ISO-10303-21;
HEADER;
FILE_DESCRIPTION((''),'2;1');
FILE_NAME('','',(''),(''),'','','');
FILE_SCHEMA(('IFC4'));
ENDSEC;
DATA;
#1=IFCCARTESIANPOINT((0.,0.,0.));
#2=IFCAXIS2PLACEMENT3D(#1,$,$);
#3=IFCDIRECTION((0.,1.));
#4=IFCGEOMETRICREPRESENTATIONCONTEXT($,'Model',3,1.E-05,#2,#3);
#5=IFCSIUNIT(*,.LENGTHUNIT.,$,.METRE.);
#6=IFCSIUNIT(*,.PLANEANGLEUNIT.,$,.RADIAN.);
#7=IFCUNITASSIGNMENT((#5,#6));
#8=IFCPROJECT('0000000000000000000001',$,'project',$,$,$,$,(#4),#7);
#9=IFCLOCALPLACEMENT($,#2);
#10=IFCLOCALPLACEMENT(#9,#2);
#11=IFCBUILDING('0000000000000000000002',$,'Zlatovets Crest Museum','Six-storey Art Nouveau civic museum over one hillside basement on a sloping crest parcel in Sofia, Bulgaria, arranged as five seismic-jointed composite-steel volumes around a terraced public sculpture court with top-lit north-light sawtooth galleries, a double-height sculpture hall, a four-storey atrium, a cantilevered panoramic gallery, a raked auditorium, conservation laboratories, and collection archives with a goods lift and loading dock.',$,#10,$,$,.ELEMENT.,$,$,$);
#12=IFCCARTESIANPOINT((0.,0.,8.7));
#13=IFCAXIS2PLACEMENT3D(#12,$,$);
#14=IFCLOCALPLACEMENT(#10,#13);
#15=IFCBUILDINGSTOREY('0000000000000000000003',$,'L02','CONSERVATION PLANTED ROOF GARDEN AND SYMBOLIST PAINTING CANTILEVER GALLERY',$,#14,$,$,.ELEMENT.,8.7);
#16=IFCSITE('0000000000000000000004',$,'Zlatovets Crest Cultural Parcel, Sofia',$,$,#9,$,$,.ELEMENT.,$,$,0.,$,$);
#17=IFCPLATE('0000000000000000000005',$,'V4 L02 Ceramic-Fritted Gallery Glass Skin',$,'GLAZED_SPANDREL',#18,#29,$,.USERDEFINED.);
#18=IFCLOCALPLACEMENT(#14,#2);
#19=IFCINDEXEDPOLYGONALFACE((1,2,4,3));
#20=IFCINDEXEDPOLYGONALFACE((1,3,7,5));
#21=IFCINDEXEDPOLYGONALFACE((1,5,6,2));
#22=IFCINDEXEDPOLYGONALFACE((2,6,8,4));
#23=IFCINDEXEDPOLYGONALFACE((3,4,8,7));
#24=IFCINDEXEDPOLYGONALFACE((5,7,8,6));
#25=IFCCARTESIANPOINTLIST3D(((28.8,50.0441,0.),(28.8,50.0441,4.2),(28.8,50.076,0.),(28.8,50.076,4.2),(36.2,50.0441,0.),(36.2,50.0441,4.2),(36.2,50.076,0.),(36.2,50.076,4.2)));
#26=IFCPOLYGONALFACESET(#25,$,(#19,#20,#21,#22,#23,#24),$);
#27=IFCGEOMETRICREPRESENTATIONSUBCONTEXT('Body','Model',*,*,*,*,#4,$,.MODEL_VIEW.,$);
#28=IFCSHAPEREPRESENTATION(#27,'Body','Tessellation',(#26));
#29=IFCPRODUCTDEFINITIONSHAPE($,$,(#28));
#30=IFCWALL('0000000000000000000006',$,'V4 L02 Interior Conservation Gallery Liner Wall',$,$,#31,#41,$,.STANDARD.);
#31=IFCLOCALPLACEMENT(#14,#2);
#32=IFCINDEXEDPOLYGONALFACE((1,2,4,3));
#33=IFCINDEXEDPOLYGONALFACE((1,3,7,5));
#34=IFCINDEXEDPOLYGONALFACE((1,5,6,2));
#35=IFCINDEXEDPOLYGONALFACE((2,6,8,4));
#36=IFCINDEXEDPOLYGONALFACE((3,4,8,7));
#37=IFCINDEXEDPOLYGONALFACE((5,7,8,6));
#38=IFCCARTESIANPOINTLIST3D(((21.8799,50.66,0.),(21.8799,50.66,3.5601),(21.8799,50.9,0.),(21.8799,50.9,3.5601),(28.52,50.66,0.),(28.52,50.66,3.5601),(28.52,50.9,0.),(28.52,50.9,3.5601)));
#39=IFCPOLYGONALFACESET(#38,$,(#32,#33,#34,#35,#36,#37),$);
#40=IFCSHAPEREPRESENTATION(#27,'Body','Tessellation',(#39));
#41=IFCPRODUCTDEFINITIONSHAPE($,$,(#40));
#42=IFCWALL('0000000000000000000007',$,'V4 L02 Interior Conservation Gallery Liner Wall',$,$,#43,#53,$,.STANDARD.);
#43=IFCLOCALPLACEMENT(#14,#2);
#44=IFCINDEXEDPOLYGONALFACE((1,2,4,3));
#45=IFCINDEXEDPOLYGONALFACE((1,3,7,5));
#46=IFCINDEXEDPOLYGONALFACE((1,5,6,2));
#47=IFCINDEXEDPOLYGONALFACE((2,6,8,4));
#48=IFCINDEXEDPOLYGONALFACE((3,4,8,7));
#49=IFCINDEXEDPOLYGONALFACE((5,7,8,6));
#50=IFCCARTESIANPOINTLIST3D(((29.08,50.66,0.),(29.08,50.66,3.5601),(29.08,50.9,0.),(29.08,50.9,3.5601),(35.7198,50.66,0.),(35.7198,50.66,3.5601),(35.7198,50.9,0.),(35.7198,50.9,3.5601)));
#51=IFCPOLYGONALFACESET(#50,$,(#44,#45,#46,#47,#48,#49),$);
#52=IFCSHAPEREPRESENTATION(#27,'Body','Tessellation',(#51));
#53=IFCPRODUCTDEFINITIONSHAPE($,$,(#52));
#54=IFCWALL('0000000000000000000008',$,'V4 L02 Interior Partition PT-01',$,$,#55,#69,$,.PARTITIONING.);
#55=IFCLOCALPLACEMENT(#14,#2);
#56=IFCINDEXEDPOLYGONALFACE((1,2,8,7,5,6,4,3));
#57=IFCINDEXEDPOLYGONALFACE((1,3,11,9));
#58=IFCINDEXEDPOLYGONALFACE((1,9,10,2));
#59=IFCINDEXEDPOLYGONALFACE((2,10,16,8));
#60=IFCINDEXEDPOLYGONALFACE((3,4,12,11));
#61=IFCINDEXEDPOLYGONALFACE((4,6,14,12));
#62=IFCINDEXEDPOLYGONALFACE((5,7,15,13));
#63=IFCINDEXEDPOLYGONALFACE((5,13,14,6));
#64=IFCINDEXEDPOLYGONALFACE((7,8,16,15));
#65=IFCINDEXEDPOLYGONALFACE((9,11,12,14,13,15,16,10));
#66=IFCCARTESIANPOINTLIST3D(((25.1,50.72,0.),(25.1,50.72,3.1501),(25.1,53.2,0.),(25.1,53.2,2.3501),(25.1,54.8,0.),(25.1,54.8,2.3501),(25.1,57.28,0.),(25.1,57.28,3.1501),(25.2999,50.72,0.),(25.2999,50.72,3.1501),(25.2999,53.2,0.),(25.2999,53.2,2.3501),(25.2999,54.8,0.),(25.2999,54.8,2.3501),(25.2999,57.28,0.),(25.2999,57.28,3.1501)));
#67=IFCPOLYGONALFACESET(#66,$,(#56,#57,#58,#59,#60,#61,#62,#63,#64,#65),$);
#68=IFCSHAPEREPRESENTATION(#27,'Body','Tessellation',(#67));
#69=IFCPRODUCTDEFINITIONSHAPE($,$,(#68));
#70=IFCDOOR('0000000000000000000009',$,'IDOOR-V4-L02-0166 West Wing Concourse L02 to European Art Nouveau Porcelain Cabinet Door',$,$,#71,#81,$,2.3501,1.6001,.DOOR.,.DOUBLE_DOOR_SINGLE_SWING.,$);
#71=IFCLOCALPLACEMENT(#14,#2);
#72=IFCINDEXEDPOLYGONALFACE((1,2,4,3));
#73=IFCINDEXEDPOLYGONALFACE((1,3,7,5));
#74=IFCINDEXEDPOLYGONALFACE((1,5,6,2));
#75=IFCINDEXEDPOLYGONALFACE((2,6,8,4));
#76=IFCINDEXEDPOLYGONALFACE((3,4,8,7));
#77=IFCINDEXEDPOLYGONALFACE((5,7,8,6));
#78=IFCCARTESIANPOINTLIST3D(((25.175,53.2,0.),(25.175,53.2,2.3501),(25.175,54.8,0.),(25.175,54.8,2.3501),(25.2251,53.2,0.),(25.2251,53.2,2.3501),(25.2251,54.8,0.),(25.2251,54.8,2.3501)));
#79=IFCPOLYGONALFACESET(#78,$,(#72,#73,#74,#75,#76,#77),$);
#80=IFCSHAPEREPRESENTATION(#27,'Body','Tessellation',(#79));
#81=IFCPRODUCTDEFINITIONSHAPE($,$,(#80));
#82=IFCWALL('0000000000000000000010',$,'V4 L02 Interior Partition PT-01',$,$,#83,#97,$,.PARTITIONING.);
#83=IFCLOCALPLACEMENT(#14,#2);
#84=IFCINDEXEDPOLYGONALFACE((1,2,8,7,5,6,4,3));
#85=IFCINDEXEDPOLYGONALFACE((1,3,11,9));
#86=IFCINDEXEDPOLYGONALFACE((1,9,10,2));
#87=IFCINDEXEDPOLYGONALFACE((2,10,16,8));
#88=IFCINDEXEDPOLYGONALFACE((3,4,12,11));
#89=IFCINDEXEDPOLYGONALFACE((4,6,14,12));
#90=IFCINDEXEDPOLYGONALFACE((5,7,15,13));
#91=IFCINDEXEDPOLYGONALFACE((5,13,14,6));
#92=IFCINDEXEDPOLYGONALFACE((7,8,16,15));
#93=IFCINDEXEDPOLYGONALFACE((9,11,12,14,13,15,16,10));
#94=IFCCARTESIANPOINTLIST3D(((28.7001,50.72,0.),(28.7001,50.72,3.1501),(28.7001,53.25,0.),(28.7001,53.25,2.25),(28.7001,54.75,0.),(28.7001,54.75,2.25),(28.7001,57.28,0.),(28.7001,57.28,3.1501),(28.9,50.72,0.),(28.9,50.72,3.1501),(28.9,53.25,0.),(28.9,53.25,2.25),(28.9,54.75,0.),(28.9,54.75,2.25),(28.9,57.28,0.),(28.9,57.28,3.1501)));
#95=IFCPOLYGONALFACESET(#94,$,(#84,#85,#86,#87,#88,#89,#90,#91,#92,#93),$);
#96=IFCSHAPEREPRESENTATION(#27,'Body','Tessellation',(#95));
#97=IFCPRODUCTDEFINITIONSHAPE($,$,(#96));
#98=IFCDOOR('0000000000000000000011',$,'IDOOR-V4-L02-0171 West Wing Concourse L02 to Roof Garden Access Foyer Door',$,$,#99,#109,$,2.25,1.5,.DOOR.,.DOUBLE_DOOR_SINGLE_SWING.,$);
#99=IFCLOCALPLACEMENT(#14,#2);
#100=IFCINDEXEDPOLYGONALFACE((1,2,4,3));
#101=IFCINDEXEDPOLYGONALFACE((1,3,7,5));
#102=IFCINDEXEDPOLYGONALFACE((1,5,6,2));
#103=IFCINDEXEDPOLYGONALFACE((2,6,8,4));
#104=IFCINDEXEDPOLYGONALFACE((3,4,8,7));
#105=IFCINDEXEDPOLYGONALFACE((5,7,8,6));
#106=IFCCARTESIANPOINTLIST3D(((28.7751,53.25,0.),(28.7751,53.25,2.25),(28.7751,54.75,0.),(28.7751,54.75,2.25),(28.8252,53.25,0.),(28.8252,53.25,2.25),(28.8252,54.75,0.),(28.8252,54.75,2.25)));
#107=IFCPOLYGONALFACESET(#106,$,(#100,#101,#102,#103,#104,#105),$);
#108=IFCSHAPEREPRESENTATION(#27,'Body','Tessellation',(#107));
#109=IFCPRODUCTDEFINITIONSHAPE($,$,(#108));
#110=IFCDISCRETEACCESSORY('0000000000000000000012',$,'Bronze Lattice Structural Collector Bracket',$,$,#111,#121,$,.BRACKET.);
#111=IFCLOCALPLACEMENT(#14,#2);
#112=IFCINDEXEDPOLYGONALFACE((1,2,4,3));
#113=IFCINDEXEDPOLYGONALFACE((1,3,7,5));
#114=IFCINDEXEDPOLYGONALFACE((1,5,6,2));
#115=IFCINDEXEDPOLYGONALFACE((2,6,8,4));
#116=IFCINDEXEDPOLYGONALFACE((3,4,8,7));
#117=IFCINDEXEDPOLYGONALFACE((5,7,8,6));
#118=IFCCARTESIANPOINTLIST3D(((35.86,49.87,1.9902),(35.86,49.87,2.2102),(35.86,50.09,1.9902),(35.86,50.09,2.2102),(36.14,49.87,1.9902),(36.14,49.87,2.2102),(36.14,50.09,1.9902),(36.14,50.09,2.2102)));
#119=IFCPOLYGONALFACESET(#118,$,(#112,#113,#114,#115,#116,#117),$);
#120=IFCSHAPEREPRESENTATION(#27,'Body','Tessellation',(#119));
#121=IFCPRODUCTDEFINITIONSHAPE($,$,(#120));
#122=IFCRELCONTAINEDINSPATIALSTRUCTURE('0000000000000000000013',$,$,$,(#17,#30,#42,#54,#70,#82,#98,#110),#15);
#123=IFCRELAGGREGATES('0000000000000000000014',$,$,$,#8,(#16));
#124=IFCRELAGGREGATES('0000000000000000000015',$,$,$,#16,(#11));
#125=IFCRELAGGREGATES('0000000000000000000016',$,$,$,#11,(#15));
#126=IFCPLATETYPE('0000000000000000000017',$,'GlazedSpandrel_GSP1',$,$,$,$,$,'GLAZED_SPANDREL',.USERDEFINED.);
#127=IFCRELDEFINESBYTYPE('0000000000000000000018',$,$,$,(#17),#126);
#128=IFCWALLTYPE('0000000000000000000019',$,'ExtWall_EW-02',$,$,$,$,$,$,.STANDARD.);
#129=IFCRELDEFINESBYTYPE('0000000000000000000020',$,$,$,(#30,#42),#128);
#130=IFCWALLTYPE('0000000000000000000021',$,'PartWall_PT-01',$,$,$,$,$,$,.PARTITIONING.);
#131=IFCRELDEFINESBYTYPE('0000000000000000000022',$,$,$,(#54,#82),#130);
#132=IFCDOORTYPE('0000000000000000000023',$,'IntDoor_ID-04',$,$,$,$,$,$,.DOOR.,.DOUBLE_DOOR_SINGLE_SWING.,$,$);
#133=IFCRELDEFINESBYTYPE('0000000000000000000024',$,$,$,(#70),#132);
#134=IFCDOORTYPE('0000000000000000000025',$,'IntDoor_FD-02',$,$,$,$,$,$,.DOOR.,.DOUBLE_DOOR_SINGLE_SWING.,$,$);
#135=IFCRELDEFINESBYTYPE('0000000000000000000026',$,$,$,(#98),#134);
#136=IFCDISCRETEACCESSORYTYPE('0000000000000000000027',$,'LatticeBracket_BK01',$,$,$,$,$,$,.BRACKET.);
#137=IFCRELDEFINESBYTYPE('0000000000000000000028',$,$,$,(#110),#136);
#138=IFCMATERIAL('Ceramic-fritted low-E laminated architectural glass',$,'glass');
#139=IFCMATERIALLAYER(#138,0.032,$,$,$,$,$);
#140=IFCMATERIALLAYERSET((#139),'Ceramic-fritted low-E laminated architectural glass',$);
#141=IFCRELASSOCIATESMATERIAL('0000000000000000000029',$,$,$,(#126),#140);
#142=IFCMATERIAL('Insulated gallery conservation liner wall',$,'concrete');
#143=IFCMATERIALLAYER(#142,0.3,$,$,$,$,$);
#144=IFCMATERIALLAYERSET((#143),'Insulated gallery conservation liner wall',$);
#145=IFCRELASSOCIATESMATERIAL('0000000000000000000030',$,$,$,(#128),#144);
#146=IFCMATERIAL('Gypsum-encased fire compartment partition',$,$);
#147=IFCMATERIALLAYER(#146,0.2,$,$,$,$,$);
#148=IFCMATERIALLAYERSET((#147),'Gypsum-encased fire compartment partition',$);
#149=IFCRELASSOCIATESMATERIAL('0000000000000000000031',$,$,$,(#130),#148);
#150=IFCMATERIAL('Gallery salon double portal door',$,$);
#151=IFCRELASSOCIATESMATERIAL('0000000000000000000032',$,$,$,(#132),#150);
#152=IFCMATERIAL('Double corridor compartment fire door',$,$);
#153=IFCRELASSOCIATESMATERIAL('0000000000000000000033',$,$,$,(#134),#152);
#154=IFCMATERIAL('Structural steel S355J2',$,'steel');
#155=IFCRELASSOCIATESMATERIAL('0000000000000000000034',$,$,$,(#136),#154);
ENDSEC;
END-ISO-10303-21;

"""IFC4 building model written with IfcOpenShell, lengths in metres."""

from ifc_helpers import new_model, si_unit, direction, frame, frame_2d, origin, origin_2d, place, context, subcontext, project, spatial, rectangle, extrude, material, layer, layer_set, type_object, element, fill, save


model = new_model("IFC4")

# Units and contexts
model_context = context("Model", 3, precision=1e-05, world=origin(), true_north=direction((0.0, 1.0)))
body_context = subcontext(model_context, "Body", "Model", "MODEL_VIEW")
ifc_project = project(units=[si_unit("LENGTHUNIT", "METRE"), si_unit("PLANEANGLEUNIT", "RADIAN")], contexts=[model_context])

# Site, building, storey
site_placement = place(None, origin())
site = spatial("IfcSite", under=ifc_project, at=site_placement, Name="Zlatovets Crest Cultural Parcel, Sofia", CompositionType="ELEMENT", RefElevation=0.0)
building_placement = place(site_placement, origin())
building = spatial("IfcBuilding", under=site, at=building_placement, Name="Zlatovets Crest Museum", Description="Six-storey Art Nouveau civic museum over one hillside basement on a sloping crest parcel in Sofia, Bulgaria, arranged as five seismic-jointed composite-steel volumes around a terraced public sculpture court with top-lit north-light sawtooth galleries, a double-height sculpture hall, a four-storey atrium, a cantilevered panoramic gallery, a raked auditorium, conservation laboratories, and collection archives with a goods lift and loading dock.", CompositionType="ELEMENT")
storey_placement = place(building_placement, frame((0.0, 0.0, 8.7)))
storey = spatial("IfcBuildingStorey", under=building, at=storey_placement, Name="L02", Description="CONSERVATION PLANTED ROOF GARDEN AND SYMBOLIST PAINTING CANTILEVER GALLERY", CompositionType="ELEMENT", Elevation=8.7)

# Shared definitions
ifc_material_1 = material(Name="Structural steel S355J2", Category="steel")

# Plate
ifc_material_2 = material(Name="Ceramic-fritted low-E laminated architectural glass", Category="glass")
ifc_layer_1 = layer(ifc_material_2, 0.032)
ifc_layer_set_1 = layer_set([ifc_layer_1], Name="Ceramic-fritted low-E laminated architectural glass")
plate_type_1 = type_object("IfcPlateType", Name="GlazedSpandrel_GSP1", ElementType="GLAZED_SPANDREL", PredefinedType="USERDEFINED", material=ifc_layer_set_1)
plate_1_placement = place(storey_placement, frame((32.5, 50.0601, 0.0), z_axis=(0.0, 0.0, 1.0), x_axis=(1.0, 0.0, 0.0)))
element("IfcPlate", 1, at=plate_1_placement, inside=storey, type_object=plate_type_1, Name="V4 L02 Ceramic-Fritted Gallery Glass Skin", ObjectType="GLAZED_SPANDREL", PredefinedType="USERDEFINED", context=body_context, shape_type="SweptSolid", body=[
    extrude(rectangle(XDim=7.3999, YDim=0.032, at=origin_2d()), origin(), (0.0, 0.0, 1.0), 4.2),
])

# Walls
ifc_material_3 = material(Name="Insulated gallery conservation liner wall", Category="concrete")
ifc_layer_2 = layer(ifc_material_3, 0.3)
ifc_layer_set_2 = layer_set([ifc_layer_2], Name="Insulated gallery conservation liner wall")
wall_type_1 = type_object("IfcWallType", Name="ExtWall_EW-02", PredefinedType="STANDARD", material=ifc_layer_set_2)
wall_1_placement = place(storey_placement, frame((21.8799, 50.78, 0.0), z_axis=(0.0, 0.0, 1.0), x_axis=(1.0, 0.0, 0.0)))
element("IfcWall", 2, at=wall_1_placement, inside=storey, type_object=wall_type_1, Name="V4 L02 Interior Conservation Gallery Liner Wall", PredefinedType="STANDARD", context=body_context, shape_type="SweptSolid", body=[
    extrude(rectangle(XDim=6.6401, YDim=0.24, at=frame_2d((3.3201, 0.0))), origin(), (0.0, 0.0, 1.0), 3.5601),
])
wall_2_placement = place(storey_placement, frame((29.0801, 50.78, 0.0), z_axis=(0.0, 0.0, 1.0), x_axis=(1.0, 0.0, 0.0)))
element("IfcWall", 3, at=wall_2_placement, inside=storey, type_object=wall_type_1, Name="V4 L02 Interior Conservation Gallery Liner Wall", PredefinedType="STANDARD", context=body_context, shape_type="SweptSolid", body=[
    extrude(rectangle(XDim=6.6399, YDim=0.24, at=frame_2d((3.3198, 0.0))), origin(), (0.0, 0.0, 1.0), 3.5601),
])

# Walls, openings, doors
ifc_material_4 = material(Name="Gypsum-encased fire compartment partition")
ifc_layer_3 = layer(ifc_material_4, 0.2)
ifc_layer_set_3 = layer_set([ifc_layer_3], Name="Gypsum-encased fire compartment partition")
wall_type_2 = type_object("IfcWallType", Name="PartWall_PT-01", PredefinedType="PARTITIONING", material=ifc_layer_set_3)
wall_3_placement = place(storey_placement, frame((25.2, 50.72, 0.0), z_axis=(0.0, 0.0, 1.0), x_axis=(0.0, 1.0, 0.0)))
wall_3 = element("IfcWall", 4, at=wall_3_placement, inside=storey, type_object=wall_type_2, Name="V4 L02 Interior Partition PT-01", PredefinedType="PARTITIONING", context=body_context, shape_type="SweptSolid", body=[
    extrude(rectangle(XDim=6.5601, YDim=0.2, at=frame_2d((3.28, 0.0))), origin(), (0.0, 0.0, 1.0), 3.1501),
])
opening_1_placement = place(wall_3_placement, frame((2.48, 0.0, 0.0)))
opening_1 = element("IfcOpeningElement", 5, at=opening_1_placement, cuts=wall_3, PredefinedType="OPENING", context=body_context, shape_type="SweptSolid", body=[
    extrude(rectangle(XDim=1.6001, YDim=2.3501, at=frame_2d((0.8, 1.175))), frame((0.0, 0.1099, 0.0), z_axis=(0.0, -1.0, 0.0), x_axis=(1.0, 0.0, 0.0)), (0.0, 0.0, 1.0), 0.22),
])
ifc_material_5 = material(Name="Gallery salon double portal door")
door_type_1 = type_object("IfcDoorType", Name="IntDoor_ID-04", OperationType="DOUBLE_DOOR_SINGLE_SWING", PredefinedType="DOOR", material=ifc_material_5)
door_1_placement = place(opening_1_placement, origin())
door_1 = element("IfcDoor", 6, at=door_1_placement, inside=storey, type_object=door_type_1, Name="IDOOR-V4-L02-0166 West Wing Concourse L02 to European Art Nouveau Porcelain Cabinet Door", OperationType="DOUBLE_DOOR_SINGLE_SWING", OverallHeight=2.3501, OverallWidth=1.6001, PredefinedType="DOOR", context=body_context, shape_type="SweptSolid", body=[
    extrude(rectangle(XDim=1.6001, YDim=2.3501, at=frame_2d((0.8, 1.175))), frame((0.0, 0.0249, 0.0), z_axis=(0.0, -1.0, 0.0), x_axis=(1.0, 0.0, 0.0)), (0.0, 0.0, 1.0), 0.05),
])
fill(opening_1, door_1)
wall_4_placement = place(storey_placement, frame((28.8, 50.72, 0.0), z_axis=(0.0, 0.0, 1.0), x_axis=(0.0, 1.0, 0.0)))
wall_4 = element("IfcWall", 7, at=wall_4_placement, inside=storey, type_object=wall_type_2, Name="V4 L02 Interior Partition PT-01", PredefinedType="PARTITIONING", context=body_context, shape_type="SweptSolid", body=[
    extrude(rectangle(XDim=6.5601, YDim=0.2, at=frame_2d((3.28, 0.0))), origin(), (0.0, 0.0, 1.0), 3.1501),
])
opening_2_placement = place(wall_4_placement, frame((2.53, 0.0, 0.0)))
opening_2 = element("IfcOpeningElement", 8, at=opening_2_placement, cuts=wall_4, PredefinedType="OPENING", context=body_context, shape_type="SweptSolid", body=[
    extrude(rectangle(XDim=1.5, YDim=2.25, at=frame_2d((0.75, 1.125))), frame((0.0, 0.1099, 0.0), z_axis=(0.0, -1.0, 0.0), x_axis=(1.0, 0.0, 0.0)), (0.0, 0.0, 1.0), 0.22),
])
ifc_material_6 = material(Name="Double corridor compartment fire door")
door_type_2 = type_object("IfcDoorType", Name="IntDoor_FD-02", OperationType="DOUBLE_DOOR_SINGLE_SWING", PredefinedType="DOOR", material=ifc_material_6)
door_2_placement = place(opening_2_placement, origin())
door_2 = element("IfcDoor", 9, at=door_2_placement, inside=storey, type_object=door_type_2, Name="IDOOR-V4-L02-0171 West Wing Concourse L02 to Roof Garden Access Foyer Door", OperationType="DOUBLE_DOOR_SINGLE_SWING", OverallHeight=2.25, OverallWidth=1.5, PredefinedType="DOOR", context=body_context, shape_type="SweptSolid", body=[
    extrude(rectangle(XDim=1.5, YDim=2.25, at=frame_2d((0.75, 1.125))), frame((0.0, 0.0249, 0.0), z_axis=(0.0, -1.0, 0.0), x_axis=(1.0, 0.0, 0.0)), (0.0, 0.0, 1.0), 0.05),
])
fill(opening_2, door_2)

# Discrete accessory
discrete_accessory_type = type_object("IfcDiscreteAccessoryType", Name="LatticeBracket_BK01", PredefinedType="BRACKET", material=ifc_material_1)
discrete_accessory_placement = place(storey_placement, frame((36.0, 49.98, 1.9902), z_axis=(0.0, 0.0, 1.0), x_axis=(1.0, 0.0, 0.0)))
element("IfcDiscreteAccessory", 10, at=discrete_accessory_placement, inside=storey, type_object=discrete_accessory_type, Name="Bronze Lattice Structural Collector Bracket", PredefinedType="BRACKET", context=body_context, shape_type="SweptSolid", body=[
    extrude(rectangle(XDim=0.28, YDim=0.22, at=origin_2d()), origin(), (0.0, 0.0, 1.0), 0.22),
])

save(model, "model.ifc")
